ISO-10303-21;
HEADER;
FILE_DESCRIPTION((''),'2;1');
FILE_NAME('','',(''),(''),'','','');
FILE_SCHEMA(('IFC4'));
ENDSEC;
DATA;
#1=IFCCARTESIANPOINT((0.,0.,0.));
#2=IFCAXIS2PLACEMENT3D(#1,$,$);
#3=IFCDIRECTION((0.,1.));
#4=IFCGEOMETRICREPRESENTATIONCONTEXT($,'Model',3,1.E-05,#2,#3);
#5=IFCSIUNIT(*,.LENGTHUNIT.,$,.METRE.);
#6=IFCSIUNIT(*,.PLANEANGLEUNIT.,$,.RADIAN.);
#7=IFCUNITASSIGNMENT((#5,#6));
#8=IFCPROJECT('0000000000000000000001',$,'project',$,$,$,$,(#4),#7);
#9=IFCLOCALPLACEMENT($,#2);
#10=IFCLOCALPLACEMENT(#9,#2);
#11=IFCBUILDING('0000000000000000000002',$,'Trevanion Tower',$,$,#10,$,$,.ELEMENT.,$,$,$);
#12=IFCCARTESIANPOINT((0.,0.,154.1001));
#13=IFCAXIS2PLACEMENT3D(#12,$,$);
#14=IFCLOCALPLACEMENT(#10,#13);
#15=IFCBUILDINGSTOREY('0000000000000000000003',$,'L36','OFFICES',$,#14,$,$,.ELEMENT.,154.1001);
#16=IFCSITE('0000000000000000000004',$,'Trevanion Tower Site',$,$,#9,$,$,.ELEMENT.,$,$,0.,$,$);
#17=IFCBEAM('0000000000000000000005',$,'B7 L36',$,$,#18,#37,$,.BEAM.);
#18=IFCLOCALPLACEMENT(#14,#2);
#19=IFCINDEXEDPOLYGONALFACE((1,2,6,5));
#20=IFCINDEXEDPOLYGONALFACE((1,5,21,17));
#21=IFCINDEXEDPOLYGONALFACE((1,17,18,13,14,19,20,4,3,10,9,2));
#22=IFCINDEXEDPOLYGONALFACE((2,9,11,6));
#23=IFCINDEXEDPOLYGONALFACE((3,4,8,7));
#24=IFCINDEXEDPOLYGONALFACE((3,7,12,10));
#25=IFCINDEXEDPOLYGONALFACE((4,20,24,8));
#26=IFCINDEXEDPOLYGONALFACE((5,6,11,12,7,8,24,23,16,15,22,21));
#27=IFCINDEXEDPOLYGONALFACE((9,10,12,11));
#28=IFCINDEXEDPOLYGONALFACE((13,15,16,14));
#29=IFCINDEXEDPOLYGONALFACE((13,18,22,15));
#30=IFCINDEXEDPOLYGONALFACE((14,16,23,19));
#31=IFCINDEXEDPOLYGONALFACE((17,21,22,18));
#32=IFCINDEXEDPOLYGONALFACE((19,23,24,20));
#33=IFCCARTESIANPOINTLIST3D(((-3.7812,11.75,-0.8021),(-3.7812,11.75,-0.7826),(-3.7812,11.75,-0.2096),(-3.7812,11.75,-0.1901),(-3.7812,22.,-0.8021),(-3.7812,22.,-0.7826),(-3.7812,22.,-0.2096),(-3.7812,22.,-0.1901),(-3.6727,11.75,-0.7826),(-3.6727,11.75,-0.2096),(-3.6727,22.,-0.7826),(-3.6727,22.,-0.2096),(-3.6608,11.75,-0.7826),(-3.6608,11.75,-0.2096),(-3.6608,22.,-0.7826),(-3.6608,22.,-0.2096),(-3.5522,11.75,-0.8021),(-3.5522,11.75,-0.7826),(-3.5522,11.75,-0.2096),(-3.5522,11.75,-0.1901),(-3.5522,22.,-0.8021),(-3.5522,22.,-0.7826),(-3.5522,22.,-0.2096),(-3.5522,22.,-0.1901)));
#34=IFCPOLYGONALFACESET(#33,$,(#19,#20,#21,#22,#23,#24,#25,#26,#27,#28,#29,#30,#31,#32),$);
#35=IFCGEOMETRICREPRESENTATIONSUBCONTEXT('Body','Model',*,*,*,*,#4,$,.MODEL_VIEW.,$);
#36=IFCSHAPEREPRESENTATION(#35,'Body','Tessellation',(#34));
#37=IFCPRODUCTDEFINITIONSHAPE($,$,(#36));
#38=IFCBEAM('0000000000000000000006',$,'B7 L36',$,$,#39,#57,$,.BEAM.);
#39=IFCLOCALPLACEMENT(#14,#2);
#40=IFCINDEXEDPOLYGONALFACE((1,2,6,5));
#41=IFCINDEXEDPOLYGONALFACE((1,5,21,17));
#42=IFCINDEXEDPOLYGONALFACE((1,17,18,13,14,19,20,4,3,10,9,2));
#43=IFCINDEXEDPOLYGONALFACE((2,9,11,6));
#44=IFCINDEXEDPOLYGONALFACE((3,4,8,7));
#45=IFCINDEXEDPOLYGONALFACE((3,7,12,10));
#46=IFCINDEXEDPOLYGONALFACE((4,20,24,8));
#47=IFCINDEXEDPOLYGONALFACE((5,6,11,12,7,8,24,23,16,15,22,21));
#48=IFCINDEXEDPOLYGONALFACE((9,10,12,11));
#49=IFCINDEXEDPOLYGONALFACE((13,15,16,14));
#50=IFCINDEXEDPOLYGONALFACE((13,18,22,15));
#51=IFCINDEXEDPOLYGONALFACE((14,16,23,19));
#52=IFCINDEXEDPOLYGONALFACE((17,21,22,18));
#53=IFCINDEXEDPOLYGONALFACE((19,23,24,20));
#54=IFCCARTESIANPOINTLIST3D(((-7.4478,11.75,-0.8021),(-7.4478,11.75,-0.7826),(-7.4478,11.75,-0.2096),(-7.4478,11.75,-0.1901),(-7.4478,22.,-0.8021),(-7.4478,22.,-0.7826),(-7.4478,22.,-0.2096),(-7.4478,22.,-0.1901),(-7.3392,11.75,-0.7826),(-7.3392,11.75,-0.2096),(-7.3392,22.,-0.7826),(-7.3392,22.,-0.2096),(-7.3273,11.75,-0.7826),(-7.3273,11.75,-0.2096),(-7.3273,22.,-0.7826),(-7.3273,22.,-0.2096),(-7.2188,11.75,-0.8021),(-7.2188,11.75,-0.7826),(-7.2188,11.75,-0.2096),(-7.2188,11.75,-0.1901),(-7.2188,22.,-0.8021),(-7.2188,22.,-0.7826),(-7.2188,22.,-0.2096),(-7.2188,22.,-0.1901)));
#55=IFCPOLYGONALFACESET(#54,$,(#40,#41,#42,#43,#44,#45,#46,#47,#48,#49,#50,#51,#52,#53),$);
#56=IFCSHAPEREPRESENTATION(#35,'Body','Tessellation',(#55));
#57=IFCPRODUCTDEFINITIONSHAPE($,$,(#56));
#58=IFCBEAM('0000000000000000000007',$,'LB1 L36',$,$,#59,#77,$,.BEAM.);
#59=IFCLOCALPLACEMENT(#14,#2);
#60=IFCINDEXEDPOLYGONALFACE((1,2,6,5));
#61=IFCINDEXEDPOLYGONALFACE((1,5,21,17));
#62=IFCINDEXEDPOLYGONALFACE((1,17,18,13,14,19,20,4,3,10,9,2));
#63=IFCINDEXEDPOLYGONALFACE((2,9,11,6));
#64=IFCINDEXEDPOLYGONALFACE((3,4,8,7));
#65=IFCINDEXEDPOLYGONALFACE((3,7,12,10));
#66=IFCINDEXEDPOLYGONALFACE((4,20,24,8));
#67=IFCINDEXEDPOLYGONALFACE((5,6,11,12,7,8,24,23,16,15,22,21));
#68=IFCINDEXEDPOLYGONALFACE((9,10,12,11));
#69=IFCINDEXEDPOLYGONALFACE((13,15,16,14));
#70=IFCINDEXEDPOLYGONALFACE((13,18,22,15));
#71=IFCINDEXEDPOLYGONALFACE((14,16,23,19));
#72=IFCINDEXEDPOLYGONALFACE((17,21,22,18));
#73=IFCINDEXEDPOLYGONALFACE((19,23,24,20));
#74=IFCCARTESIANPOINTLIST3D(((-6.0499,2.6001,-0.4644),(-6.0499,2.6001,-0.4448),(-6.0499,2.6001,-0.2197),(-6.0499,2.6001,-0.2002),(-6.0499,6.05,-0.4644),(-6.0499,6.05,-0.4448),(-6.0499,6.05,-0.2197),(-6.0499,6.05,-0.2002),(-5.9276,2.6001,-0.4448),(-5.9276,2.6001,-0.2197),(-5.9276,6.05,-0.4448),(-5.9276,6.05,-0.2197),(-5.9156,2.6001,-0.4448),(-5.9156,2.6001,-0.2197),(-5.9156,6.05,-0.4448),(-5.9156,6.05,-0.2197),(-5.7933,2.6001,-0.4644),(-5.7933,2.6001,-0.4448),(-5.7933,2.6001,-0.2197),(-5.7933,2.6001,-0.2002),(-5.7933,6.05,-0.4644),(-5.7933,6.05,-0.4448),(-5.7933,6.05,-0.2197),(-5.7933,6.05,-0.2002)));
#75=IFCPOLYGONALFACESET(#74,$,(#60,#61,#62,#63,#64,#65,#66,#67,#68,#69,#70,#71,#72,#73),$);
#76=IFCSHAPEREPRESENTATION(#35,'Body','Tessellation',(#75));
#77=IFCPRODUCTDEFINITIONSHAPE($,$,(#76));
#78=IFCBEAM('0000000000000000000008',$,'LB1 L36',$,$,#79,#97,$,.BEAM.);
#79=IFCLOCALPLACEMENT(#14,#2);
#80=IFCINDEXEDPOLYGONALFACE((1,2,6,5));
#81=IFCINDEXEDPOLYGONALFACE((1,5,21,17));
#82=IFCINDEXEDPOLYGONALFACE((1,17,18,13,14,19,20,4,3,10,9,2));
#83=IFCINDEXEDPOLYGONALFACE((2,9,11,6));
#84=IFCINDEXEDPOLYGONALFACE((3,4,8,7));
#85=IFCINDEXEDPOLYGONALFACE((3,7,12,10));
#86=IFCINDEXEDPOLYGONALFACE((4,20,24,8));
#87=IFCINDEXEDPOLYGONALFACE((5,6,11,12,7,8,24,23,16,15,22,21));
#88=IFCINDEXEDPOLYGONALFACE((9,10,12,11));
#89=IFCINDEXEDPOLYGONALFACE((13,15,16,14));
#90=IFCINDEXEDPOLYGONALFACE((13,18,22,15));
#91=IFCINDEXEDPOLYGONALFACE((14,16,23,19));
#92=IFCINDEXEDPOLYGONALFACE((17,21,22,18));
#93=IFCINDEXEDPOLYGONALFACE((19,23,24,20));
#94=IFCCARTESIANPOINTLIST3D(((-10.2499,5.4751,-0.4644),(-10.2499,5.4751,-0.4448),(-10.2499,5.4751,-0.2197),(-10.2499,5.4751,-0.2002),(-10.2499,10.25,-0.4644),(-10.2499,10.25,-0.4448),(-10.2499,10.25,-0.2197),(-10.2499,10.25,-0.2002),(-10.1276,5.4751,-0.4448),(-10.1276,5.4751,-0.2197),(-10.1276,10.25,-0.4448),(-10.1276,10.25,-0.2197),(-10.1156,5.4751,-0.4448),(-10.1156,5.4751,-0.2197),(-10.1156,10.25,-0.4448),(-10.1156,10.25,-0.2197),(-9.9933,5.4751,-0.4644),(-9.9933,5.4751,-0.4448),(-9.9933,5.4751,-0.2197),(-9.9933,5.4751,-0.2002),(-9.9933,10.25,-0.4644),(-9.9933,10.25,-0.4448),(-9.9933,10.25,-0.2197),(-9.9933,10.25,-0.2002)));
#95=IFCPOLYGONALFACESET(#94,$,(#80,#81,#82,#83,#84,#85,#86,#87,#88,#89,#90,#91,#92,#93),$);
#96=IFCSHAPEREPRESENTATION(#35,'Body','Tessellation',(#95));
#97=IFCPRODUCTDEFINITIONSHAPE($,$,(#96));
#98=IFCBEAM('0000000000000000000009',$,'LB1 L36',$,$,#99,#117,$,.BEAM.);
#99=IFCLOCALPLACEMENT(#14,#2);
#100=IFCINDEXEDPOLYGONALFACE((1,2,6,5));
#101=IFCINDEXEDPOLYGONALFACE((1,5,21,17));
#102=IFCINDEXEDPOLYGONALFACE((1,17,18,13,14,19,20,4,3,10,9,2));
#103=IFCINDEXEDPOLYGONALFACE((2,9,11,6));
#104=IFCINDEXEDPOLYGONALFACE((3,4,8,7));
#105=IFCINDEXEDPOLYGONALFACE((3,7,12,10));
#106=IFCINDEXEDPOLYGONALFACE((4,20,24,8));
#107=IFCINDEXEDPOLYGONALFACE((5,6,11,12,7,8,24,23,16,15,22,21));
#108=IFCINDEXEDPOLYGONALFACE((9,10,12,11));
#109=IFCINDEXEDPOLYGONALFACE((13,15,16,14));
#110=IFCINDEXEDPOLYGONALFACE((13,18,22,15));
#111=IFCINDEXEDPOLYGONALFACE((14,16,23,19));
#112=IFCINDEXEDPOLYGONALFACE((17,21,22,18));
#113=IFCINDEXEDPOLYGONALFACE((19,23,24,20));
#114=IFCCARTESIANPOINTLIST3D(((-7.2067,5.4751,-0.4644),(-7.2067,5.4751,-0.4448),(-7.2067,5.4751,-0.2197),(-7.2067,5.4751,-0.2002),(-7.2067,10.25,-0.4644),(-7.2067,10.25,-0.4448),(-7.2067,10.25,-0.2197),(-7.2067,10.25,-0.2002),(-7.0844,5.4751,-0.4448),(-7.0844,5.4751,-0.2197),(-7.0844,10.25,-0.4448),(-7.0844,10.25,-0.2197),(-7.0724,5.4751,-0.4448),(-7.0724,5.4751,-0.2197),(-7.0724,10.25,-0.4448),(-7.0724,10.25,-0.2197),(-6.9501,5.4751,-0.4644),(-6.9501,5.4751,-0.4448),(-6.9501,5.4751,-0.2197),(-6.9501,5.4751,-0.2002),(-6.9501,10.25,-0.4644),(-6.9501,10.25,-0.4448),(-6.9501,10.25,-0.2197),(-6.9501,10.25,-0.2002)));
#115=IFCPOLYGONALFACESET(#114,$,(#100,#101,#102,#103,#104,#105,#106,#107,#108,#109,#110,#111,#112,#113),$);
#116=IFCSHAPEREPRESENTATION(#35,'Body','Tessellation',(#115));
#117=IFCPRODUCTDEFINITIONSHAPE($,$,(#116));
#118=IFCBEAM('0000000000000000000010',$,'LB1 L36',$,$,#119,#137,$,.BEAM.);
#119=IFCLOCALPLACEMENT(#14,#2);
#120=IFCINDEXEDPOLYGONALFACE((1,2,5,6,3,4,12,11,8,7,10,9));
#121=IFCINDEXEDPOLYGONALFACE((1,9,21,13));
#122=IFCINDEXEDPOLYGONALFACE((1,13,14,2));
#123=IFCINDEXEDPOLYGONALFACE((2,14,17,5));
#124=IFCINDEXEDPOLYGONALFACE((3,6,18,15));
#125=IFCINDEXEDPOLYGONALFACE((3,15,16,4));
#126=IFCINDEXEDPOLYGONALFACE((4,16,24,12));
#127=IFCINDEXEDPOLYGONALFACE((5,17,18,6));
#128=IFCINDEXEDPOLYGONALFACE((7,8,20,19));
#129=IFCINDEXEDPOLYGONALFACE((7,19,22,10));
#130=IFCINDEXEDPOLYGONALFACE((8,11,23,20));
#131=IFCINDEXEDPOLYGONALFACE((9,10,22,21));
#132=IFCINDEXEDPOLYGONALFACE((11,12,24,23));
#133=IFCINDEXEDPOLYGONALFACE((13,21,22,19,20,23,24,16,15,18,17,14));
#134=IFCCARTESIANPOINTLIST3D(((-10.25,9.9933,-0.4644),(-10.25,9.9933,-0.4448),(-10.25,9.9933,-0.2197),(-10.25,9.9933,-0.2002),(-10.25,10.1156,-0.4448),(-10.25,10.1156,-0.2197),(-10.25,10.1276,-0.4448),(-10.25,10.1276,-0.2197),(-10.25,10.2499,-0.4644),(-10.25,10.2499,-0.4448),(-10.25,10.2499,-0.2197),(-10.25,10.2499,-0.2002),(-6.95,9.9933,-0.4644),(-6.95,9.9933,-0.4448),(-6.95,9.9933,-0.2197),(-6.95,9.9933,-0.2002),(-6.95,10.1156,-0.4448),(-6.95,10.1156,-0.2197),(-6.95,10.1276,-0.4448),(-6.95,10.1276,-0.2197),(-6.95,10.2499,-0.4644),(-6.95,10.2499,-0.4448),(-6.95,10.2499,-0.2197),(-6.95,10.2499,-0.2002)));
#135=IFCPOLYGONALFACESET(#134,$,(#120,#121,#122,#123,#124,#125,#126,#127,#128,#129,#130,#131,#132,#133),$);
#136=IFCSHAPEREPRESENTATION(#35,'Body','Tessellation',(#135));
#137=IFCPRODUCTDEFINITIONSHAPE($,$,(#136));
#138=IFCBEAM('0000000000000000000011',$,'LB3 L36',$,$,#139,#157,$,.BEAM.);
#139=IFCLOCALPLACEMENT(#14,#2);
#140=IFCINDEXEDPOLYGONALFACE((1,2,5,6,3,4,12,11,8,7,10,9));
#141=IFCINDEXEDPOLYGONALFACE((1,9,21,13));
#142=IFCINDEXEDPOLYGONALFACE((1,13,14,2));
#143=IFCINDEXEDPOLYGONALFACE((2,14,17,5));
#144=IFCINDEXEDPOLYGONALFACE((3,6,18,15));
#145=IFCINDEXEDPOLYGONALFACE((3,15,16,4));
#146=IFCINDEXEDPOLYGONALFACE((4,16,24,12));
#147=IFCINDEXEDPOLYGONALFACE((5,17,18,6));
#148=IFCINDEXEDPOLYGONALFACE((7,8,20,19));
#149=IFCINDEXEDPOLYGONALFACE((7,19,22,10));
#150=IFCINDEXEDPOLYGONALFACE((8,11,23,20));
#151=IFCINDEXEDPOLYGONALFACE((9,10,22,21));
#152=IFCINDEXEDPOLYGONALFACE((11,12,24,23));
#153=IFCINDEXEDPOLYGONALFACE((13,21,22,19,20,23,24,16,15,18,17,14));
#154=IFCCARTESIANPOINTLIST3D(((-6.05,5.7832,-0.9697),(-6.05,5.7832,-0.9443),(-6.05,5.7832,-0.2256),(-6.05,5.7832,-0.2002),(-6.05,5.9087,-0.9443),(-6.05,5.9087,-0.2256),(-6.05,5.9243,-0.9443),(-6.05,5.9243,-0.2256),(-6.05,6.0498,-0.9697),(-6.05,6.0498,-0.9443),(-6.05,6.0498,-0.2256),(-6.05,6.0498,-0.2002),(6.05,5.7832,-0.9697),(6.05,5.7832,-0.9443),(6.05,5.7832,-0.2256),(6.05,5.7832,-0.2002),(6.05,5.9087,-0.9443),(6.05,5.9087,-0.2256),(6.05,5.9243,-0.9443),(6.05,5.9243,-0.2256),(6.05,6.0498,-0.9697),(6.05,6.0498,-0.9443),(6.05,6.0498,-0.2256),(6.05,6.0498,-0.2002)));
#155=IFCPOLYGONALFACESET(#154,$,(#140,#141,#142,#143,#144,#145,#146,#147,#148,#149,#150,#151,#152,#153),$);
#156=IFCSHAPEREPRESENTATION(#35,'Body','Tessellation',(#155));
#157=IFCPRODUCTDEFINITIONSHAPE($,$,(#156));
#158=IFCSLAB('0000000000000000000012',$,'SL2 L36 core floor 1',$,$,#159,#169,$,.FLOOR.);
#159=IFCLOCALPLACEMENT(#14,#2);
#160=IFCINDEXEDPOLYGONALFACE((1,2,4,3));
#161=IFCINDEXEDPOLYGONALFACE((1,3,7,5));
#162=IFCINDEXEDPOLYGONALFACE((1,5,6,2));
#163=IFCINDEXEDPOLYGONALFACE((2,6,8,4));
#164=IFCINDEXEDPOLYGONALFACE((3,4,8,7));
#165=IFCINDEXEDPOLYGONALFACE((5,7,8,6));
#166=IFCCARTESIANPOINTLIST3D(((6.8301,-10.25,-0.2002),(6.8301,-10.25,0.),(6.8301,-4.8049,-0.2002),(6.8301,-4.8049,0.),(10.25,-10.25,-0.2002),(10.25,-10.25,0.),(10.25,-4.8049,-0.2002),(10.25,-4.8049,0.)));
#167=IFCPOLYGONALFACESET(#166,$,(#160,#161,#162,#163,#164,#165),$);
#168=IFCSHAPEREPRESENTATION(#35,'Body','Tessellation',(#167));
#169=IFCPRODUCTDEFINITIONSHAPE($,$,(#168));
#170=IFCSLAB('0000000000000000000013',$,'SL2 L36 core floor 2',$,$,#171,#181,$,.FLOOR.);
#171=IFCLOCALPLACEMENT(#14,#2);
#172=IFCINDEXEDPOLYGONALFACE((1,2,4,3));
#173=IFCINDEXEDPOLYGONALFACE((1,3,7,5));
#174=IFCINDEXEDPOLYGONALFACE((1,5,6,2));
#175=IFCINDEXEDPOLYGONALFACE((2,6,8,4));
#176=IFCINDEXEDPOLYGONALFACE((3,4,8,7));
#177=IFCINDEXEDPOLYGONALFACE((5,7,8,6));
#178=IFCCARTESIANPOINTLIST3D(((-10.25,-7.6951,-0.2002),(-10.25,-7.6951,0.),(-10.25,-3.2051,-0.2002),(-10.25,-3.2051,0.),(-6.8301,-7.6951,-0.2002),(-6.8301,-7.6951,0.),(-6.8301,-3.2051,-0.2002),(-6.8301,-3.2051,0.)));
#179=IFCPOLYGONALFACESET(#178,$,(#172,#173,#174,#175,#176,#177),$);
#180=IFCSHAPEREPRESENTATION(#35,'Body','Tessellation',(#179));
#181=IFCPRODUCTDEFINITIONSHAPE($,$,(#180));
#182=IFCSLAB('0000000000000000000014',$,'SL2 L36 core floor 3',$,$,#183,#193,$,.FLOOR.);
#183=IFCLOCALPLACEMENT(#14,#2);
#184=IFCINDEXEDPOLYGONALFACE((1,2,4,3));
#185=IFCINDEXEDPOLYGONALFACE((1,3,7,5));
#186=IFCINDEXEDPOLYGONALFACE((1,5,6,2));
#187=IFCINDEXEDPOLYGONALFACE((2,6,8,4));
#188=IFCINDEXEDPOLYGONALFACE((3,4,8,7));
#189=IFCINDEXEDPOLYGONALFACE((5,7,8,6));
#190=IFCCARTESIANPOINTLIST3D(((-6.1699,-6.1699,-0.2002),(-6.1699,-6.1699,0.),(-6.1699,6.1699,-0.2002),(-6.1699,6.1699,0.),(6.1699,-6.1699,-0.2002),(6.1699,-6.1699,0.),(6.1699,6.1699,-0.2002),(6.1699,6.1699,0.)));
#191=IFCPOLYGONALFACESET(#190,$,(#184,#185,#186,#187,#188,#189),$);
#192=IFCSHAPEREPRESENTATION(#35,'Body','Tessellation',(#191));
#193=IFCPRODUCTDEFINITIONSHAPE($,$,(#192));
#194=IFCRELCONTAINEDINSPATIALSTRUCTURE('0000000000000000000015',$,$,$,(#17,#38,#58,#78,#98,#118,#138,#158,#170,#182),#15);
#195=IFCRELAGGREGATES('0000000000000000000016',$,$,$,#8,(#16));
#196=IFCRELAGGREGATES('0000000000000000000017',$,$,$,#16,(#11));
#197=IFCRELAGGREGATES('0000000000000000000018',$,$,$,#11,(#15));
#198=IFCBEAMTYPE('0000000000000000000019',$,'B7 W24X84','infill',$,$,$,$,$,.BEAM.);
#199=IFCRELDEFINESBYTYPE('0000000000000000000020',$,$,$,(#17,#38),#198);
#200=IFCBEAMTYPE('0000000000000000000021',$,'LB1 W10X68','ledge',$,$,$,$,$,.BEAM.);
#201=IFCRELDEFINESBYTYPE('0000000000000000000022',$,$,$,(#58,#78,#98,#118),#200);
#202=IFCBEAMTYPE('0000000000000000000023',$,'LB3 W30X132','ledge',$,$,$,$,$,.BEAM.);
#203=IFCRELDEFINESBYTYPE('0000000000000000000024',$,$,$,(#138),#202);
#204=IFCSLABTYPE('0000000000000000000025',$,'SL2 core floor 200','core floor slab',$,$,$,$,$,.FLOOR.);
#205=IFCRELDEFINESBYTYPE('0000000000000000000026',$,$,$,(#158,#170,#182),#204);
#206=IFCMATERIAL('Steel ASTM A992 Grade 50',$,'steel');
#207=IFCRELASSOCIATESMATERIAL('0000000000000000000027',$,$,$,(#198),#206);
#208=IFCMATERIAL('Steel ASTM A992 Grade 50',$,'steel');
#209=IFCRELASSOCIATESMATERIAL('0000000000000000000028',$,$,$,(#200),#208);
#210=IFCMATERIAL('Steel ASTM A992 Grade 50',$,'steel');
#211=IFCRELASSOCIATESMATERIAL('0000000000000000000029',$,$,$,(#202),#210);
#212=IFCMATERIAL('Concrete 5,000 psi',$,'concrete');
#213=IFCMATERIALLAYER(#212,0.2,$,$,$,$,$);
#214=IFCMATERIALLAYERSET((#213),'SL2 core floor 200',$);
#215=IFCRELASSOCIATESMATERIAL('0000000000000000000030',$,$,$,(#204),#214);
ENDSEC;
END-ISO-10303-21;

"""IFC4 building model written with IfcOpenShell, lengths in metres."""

from ifc_helpers import new_model, si_unit, direction, frame, origin, origin_2d, place, context, subcontext, project, spatial, polyline, i_section, outline, extrude, material, layer, layer_set, material_profile, profile_set, type_object, element, save


model = new_model("IFC4")

# Units and contexts
model_context = context("Model", 3, precision=1e-05, world=origin(), true_north=direction((0.0, 1.0)))
body_context = subcontext(model_context, "Body", "Model", "MODEL_VIEW")
ifc_project = project(units=[si_unit("LENGTHUNIT", "METRE"), si_unit("PLANEANGLEUNIT", "RADIAN")], contexts=[model_context])

# Site, building, storey
site_placement = place(None, origin())
site = spatial("IfcSite", under=ifc_project, at=site_placement, Name="Trevanion Tower Site", CompositionType="ELEMENT", RefElevation=0.0)
building_placement = place(site_placement, origin())
building = spatial("IfcBuilding", under=site, at=building_placement, Name="Trevanion Tower", CompositionType="ELEMENT")
storey_placement = place(building_placement, frame((0.0, 0.0, 154.1001)))
storey = spatial("IfcBuildingStorey", under=building, at=storey_placement, Name="L36", Description="OFFICES", CompositionType="ELEMENT", Elevation=154.1001)

# Beams
ifc_material_1 = material(Name="Steel ASTM A992 Grade 50", Category="steel")
ifc_material_profile_1 = material_profile(ifc_material_1, i_section(OverallWidth=0.229, OverallDepth=0.6121, WebThickness=0.012, FlangeThickness=0.0195, at=origin_2d()), Name="W24X84")
ifc_profile_set_1 = profile_set([ifc_material_profile_1], Name="Steel ASTM A992 Grade 50")
beam_type_1 = type_object("IfcBeamType", Name="B7 W24X84", Description="infill", PredefinedType="BEAM", material=ifc_profile_set_1)
for number, where, z_axis, x_axis, name in (
    (1, (-3.6667, 11.75, -0.4961), (0.0, 1.0, 0.0), (-1.0, 0.0, 0.0), "B7 L36"),
    (2, (-7.3333, 11.75, -0.4961), (0.0, 1.0, 0.0), (-1.0, 0.0, 0.0), "B7 L36"),
):
    element("IfcBeam", number, at=place(storey_placement, frame(where, z_axis=z_axis, x_axis=x_axis)), inside=storey, type_object=beam_type_1, Name=name, PredefinedType="BEAM", context=body_context, shape_type="SweptSolid", body=[
        extrude(i_section(OverallWidth=0.229, OverallDepth=0.6121, WebThickness=0.012, FlangeThickness=0.0195, at=origin_2d()), origin(), (0.0, 0.0, 1.0), 10.25),
    ])
ifc_material_2 = material(Name="Steel ASTM A992 Grade 50", Category="steel")
ifc_material_profile_2 = material_profile(ifc_material_2, i_section(OverallWidth=0.2566, OverallDepth=0.2642, WebThickness=0.012, FlangeThickness=0.0195, at=origin_2d()), Name="W10X68")
ifc_profile_set_2 = profile_set([ifc_material_profile_2], Name="Steel ASTM A992 Grade 50")
beam_type_2 = type_object("IfcBeamType", Name="LB1 W10X68", Description="ledge", PredefinedType="BEAM", material=ifc_profile_set_2)
beam_1_placement = place(storey_placement, frame((-5.9216, 2.6001, -0.3323), z_axis=(0.0, 1.0, 0.0), x_axis=(-1.0, 0.0, 0.0)))
element("IfcBeam", 3, at=beam_1_placement, inside=storey, type_object=beam_type_2, Name="LB1 L36", PredefinedType="BEAM", context=body_context, shape_type="SweptSolid", body=[
    extrude(i_section(OverallWidth=0.2566, OverallDepth=0.2642, WebThickness=0.012, FlangeThickness=0.0195, at=origin_2d()), origin(), (0.0, 0.0, 1.0), 3.45),
])
for number, where, z_axis, x_axis, name in (
    (4, (-10.1216, 5.4751, -0.3323), (0.0, 1.0, 0.0), (-1.0, 0.0, 0.0), "LB1 L36"),
    (5, (-7.0784, 5.4751, -0.3323), (0.0, 1.0, 0.0), (-1.0, 0.0, 0.0), "LB1 L36"),
):
    element("IfcBeam", number, at=place(storey_placement, frame(where, z_axis=z_axis, x_axis=x_axis)), inside=storey, type_object=beam_type_2, Name=name, PredefinedType="BEAM", context=body_context, shape_type="SweptSolid", body=[
        extrude(i_section(OverallWidth=0.2566, OverallDepth=0.2642, WebThickness=0.012, FlangeThickness=0.0195, at=origin_2d()), origin(), (0.0, 0.0, 1.0), 4.7749),
    ])
beam_2_placement = place(storey_placement, frame((-10.25, 10.1216, -0.3323), z_axis=(1.0, 0.0, 0.0), x_axis=(0.0, 1.0, 0.0)))
element("IfcBeam", 6, at=beam_2_placement, inside=storey, type_object=beam_type_2, Name="LB1 L36", PredefinedType="BEAM", context=body_context, shape_type="SweptSolid", body=[
    extrude(i_section(OverallWidth=0.2566, OverallDepth=0.2642, WebThickness=0.012, FlangeThickness=0.0195, at=origin_2d()), origin(), (0.0, 0.0, 1.0), 3.3),
])
ifc_material_3 = material(Name="Steel ASTM A992 Grade 50", Category="steel")
ifc_material_profile_3 = material_profile(ifc_material_3, i_section(OverallWidth=0.2666, OverallDepth=0.7695, WebThickness=0.0156, FlangeThickness=0.0254, at=origin_2d()), Name="W30X132")
ifc_profile_set_3 = profile_set([ifc_material_profile_3], Name="Steel ASTM A992 Grade 50")
beam_type_3 = type_object("IfcBeamType", Name="LB3 W30X132", Description="ledge", PredefinedType="BEAM", material=ifc_profile_set_3)
beam_3_placement = place(storey_placement, frame((-6.05, 5.9165, -0.585), z_axis=(1.0, 0.0, 0.0), x_axis=(0.0, 1.0, 0.0)))
element("IfcBeam", 7, at=beam_3_placement, inside=storey, type_object=beam_type_3, Name="LB3 L36", PredefinedType="BEAM", context=body_context, shape_type="SweptSolid", body=[
    extrude(i_section(OverallWidth=0.2666, OverallDepth=0.7695, WebThickness=0.0156, FlangeThickness=0.0254, at=origin_2d()), origin(), (0.0, 0.0, 1.0), 12.1001),
])

# Slabs
ifc_material_4 = material(Name="Concrete 5,000 psi", Category="concrete")
ifc_layer_1 = layer(ifc_material_4, 0.2)
ifc_layer_set_1 = layer_set([ifc_layer_1], Name="SL2 core floor 200")
slab_type_1 = type_object("IfcSlabType", Name="SL2 core floor 200", Description="core floor slab", PredefinedType="FLOOR", material=ifc_layer_set_1)
slab_1_placement = place(storey_placement, frame((0.0, 0.0, -0.2002)))
element("IfcSlab", 8, at=slab_1_placement, inside=storey, type_object=slab_type_1, Name="SL2 L36 core floor 1", PredefinedType="FLOOR", context=body_context, shape_type="SweptSolid", body=[
    extrude(outline(polyline([(10.25, -4.8049), (10.25, -10.25), (6.8301, -10.25), (6.8301, -4.8049), (10.25, -4.8049)])), origin(), (0.0, 0.0, 1.0), 0.2002),
])
slab_2_placement = place(storey_placement, frame((0.0, 0.0, -0.2002)))
element("IfcSlab", 9, at=slab_2_placement, inside=storey, type_object=slab_type_1, Name="SL2 L36 core floor 2", PredefinedType="FLOOR", context=body_context, shape_type="SweptSolid", body=[
    extrude(outline(polyline([(-6.8301, -3.2051), (-6.8301, -7.6951), (-10.25, -7.6951), (-10.25, -3.2051), (-6.8301, -3.2051)])), origin(), (0.0, 0.0, 1.0), 0.2002),
])
slab_3_placement = place(storey_placement, frame((0.0, 0.0, -0.2002)))
element("IfcSlab", 10, at=slab_3_placement, inside=storey, type_object=slab_type_1, Name="SL2 L36 core floor 3", PredefinedType="FLOOR", context=body_context, shape_type="SweptSolid", body=[
    extrude(outline(polyline([(6.1699, -6.1699), (-6.1699, -6.1699), (-6.1699, 6.1699), (6.1699, 6.1699), (6.1699, -6.1699)])), origin(), (0.0, 0.0, 1.0), 0.2002),
])

save(model, "model.ifc")
